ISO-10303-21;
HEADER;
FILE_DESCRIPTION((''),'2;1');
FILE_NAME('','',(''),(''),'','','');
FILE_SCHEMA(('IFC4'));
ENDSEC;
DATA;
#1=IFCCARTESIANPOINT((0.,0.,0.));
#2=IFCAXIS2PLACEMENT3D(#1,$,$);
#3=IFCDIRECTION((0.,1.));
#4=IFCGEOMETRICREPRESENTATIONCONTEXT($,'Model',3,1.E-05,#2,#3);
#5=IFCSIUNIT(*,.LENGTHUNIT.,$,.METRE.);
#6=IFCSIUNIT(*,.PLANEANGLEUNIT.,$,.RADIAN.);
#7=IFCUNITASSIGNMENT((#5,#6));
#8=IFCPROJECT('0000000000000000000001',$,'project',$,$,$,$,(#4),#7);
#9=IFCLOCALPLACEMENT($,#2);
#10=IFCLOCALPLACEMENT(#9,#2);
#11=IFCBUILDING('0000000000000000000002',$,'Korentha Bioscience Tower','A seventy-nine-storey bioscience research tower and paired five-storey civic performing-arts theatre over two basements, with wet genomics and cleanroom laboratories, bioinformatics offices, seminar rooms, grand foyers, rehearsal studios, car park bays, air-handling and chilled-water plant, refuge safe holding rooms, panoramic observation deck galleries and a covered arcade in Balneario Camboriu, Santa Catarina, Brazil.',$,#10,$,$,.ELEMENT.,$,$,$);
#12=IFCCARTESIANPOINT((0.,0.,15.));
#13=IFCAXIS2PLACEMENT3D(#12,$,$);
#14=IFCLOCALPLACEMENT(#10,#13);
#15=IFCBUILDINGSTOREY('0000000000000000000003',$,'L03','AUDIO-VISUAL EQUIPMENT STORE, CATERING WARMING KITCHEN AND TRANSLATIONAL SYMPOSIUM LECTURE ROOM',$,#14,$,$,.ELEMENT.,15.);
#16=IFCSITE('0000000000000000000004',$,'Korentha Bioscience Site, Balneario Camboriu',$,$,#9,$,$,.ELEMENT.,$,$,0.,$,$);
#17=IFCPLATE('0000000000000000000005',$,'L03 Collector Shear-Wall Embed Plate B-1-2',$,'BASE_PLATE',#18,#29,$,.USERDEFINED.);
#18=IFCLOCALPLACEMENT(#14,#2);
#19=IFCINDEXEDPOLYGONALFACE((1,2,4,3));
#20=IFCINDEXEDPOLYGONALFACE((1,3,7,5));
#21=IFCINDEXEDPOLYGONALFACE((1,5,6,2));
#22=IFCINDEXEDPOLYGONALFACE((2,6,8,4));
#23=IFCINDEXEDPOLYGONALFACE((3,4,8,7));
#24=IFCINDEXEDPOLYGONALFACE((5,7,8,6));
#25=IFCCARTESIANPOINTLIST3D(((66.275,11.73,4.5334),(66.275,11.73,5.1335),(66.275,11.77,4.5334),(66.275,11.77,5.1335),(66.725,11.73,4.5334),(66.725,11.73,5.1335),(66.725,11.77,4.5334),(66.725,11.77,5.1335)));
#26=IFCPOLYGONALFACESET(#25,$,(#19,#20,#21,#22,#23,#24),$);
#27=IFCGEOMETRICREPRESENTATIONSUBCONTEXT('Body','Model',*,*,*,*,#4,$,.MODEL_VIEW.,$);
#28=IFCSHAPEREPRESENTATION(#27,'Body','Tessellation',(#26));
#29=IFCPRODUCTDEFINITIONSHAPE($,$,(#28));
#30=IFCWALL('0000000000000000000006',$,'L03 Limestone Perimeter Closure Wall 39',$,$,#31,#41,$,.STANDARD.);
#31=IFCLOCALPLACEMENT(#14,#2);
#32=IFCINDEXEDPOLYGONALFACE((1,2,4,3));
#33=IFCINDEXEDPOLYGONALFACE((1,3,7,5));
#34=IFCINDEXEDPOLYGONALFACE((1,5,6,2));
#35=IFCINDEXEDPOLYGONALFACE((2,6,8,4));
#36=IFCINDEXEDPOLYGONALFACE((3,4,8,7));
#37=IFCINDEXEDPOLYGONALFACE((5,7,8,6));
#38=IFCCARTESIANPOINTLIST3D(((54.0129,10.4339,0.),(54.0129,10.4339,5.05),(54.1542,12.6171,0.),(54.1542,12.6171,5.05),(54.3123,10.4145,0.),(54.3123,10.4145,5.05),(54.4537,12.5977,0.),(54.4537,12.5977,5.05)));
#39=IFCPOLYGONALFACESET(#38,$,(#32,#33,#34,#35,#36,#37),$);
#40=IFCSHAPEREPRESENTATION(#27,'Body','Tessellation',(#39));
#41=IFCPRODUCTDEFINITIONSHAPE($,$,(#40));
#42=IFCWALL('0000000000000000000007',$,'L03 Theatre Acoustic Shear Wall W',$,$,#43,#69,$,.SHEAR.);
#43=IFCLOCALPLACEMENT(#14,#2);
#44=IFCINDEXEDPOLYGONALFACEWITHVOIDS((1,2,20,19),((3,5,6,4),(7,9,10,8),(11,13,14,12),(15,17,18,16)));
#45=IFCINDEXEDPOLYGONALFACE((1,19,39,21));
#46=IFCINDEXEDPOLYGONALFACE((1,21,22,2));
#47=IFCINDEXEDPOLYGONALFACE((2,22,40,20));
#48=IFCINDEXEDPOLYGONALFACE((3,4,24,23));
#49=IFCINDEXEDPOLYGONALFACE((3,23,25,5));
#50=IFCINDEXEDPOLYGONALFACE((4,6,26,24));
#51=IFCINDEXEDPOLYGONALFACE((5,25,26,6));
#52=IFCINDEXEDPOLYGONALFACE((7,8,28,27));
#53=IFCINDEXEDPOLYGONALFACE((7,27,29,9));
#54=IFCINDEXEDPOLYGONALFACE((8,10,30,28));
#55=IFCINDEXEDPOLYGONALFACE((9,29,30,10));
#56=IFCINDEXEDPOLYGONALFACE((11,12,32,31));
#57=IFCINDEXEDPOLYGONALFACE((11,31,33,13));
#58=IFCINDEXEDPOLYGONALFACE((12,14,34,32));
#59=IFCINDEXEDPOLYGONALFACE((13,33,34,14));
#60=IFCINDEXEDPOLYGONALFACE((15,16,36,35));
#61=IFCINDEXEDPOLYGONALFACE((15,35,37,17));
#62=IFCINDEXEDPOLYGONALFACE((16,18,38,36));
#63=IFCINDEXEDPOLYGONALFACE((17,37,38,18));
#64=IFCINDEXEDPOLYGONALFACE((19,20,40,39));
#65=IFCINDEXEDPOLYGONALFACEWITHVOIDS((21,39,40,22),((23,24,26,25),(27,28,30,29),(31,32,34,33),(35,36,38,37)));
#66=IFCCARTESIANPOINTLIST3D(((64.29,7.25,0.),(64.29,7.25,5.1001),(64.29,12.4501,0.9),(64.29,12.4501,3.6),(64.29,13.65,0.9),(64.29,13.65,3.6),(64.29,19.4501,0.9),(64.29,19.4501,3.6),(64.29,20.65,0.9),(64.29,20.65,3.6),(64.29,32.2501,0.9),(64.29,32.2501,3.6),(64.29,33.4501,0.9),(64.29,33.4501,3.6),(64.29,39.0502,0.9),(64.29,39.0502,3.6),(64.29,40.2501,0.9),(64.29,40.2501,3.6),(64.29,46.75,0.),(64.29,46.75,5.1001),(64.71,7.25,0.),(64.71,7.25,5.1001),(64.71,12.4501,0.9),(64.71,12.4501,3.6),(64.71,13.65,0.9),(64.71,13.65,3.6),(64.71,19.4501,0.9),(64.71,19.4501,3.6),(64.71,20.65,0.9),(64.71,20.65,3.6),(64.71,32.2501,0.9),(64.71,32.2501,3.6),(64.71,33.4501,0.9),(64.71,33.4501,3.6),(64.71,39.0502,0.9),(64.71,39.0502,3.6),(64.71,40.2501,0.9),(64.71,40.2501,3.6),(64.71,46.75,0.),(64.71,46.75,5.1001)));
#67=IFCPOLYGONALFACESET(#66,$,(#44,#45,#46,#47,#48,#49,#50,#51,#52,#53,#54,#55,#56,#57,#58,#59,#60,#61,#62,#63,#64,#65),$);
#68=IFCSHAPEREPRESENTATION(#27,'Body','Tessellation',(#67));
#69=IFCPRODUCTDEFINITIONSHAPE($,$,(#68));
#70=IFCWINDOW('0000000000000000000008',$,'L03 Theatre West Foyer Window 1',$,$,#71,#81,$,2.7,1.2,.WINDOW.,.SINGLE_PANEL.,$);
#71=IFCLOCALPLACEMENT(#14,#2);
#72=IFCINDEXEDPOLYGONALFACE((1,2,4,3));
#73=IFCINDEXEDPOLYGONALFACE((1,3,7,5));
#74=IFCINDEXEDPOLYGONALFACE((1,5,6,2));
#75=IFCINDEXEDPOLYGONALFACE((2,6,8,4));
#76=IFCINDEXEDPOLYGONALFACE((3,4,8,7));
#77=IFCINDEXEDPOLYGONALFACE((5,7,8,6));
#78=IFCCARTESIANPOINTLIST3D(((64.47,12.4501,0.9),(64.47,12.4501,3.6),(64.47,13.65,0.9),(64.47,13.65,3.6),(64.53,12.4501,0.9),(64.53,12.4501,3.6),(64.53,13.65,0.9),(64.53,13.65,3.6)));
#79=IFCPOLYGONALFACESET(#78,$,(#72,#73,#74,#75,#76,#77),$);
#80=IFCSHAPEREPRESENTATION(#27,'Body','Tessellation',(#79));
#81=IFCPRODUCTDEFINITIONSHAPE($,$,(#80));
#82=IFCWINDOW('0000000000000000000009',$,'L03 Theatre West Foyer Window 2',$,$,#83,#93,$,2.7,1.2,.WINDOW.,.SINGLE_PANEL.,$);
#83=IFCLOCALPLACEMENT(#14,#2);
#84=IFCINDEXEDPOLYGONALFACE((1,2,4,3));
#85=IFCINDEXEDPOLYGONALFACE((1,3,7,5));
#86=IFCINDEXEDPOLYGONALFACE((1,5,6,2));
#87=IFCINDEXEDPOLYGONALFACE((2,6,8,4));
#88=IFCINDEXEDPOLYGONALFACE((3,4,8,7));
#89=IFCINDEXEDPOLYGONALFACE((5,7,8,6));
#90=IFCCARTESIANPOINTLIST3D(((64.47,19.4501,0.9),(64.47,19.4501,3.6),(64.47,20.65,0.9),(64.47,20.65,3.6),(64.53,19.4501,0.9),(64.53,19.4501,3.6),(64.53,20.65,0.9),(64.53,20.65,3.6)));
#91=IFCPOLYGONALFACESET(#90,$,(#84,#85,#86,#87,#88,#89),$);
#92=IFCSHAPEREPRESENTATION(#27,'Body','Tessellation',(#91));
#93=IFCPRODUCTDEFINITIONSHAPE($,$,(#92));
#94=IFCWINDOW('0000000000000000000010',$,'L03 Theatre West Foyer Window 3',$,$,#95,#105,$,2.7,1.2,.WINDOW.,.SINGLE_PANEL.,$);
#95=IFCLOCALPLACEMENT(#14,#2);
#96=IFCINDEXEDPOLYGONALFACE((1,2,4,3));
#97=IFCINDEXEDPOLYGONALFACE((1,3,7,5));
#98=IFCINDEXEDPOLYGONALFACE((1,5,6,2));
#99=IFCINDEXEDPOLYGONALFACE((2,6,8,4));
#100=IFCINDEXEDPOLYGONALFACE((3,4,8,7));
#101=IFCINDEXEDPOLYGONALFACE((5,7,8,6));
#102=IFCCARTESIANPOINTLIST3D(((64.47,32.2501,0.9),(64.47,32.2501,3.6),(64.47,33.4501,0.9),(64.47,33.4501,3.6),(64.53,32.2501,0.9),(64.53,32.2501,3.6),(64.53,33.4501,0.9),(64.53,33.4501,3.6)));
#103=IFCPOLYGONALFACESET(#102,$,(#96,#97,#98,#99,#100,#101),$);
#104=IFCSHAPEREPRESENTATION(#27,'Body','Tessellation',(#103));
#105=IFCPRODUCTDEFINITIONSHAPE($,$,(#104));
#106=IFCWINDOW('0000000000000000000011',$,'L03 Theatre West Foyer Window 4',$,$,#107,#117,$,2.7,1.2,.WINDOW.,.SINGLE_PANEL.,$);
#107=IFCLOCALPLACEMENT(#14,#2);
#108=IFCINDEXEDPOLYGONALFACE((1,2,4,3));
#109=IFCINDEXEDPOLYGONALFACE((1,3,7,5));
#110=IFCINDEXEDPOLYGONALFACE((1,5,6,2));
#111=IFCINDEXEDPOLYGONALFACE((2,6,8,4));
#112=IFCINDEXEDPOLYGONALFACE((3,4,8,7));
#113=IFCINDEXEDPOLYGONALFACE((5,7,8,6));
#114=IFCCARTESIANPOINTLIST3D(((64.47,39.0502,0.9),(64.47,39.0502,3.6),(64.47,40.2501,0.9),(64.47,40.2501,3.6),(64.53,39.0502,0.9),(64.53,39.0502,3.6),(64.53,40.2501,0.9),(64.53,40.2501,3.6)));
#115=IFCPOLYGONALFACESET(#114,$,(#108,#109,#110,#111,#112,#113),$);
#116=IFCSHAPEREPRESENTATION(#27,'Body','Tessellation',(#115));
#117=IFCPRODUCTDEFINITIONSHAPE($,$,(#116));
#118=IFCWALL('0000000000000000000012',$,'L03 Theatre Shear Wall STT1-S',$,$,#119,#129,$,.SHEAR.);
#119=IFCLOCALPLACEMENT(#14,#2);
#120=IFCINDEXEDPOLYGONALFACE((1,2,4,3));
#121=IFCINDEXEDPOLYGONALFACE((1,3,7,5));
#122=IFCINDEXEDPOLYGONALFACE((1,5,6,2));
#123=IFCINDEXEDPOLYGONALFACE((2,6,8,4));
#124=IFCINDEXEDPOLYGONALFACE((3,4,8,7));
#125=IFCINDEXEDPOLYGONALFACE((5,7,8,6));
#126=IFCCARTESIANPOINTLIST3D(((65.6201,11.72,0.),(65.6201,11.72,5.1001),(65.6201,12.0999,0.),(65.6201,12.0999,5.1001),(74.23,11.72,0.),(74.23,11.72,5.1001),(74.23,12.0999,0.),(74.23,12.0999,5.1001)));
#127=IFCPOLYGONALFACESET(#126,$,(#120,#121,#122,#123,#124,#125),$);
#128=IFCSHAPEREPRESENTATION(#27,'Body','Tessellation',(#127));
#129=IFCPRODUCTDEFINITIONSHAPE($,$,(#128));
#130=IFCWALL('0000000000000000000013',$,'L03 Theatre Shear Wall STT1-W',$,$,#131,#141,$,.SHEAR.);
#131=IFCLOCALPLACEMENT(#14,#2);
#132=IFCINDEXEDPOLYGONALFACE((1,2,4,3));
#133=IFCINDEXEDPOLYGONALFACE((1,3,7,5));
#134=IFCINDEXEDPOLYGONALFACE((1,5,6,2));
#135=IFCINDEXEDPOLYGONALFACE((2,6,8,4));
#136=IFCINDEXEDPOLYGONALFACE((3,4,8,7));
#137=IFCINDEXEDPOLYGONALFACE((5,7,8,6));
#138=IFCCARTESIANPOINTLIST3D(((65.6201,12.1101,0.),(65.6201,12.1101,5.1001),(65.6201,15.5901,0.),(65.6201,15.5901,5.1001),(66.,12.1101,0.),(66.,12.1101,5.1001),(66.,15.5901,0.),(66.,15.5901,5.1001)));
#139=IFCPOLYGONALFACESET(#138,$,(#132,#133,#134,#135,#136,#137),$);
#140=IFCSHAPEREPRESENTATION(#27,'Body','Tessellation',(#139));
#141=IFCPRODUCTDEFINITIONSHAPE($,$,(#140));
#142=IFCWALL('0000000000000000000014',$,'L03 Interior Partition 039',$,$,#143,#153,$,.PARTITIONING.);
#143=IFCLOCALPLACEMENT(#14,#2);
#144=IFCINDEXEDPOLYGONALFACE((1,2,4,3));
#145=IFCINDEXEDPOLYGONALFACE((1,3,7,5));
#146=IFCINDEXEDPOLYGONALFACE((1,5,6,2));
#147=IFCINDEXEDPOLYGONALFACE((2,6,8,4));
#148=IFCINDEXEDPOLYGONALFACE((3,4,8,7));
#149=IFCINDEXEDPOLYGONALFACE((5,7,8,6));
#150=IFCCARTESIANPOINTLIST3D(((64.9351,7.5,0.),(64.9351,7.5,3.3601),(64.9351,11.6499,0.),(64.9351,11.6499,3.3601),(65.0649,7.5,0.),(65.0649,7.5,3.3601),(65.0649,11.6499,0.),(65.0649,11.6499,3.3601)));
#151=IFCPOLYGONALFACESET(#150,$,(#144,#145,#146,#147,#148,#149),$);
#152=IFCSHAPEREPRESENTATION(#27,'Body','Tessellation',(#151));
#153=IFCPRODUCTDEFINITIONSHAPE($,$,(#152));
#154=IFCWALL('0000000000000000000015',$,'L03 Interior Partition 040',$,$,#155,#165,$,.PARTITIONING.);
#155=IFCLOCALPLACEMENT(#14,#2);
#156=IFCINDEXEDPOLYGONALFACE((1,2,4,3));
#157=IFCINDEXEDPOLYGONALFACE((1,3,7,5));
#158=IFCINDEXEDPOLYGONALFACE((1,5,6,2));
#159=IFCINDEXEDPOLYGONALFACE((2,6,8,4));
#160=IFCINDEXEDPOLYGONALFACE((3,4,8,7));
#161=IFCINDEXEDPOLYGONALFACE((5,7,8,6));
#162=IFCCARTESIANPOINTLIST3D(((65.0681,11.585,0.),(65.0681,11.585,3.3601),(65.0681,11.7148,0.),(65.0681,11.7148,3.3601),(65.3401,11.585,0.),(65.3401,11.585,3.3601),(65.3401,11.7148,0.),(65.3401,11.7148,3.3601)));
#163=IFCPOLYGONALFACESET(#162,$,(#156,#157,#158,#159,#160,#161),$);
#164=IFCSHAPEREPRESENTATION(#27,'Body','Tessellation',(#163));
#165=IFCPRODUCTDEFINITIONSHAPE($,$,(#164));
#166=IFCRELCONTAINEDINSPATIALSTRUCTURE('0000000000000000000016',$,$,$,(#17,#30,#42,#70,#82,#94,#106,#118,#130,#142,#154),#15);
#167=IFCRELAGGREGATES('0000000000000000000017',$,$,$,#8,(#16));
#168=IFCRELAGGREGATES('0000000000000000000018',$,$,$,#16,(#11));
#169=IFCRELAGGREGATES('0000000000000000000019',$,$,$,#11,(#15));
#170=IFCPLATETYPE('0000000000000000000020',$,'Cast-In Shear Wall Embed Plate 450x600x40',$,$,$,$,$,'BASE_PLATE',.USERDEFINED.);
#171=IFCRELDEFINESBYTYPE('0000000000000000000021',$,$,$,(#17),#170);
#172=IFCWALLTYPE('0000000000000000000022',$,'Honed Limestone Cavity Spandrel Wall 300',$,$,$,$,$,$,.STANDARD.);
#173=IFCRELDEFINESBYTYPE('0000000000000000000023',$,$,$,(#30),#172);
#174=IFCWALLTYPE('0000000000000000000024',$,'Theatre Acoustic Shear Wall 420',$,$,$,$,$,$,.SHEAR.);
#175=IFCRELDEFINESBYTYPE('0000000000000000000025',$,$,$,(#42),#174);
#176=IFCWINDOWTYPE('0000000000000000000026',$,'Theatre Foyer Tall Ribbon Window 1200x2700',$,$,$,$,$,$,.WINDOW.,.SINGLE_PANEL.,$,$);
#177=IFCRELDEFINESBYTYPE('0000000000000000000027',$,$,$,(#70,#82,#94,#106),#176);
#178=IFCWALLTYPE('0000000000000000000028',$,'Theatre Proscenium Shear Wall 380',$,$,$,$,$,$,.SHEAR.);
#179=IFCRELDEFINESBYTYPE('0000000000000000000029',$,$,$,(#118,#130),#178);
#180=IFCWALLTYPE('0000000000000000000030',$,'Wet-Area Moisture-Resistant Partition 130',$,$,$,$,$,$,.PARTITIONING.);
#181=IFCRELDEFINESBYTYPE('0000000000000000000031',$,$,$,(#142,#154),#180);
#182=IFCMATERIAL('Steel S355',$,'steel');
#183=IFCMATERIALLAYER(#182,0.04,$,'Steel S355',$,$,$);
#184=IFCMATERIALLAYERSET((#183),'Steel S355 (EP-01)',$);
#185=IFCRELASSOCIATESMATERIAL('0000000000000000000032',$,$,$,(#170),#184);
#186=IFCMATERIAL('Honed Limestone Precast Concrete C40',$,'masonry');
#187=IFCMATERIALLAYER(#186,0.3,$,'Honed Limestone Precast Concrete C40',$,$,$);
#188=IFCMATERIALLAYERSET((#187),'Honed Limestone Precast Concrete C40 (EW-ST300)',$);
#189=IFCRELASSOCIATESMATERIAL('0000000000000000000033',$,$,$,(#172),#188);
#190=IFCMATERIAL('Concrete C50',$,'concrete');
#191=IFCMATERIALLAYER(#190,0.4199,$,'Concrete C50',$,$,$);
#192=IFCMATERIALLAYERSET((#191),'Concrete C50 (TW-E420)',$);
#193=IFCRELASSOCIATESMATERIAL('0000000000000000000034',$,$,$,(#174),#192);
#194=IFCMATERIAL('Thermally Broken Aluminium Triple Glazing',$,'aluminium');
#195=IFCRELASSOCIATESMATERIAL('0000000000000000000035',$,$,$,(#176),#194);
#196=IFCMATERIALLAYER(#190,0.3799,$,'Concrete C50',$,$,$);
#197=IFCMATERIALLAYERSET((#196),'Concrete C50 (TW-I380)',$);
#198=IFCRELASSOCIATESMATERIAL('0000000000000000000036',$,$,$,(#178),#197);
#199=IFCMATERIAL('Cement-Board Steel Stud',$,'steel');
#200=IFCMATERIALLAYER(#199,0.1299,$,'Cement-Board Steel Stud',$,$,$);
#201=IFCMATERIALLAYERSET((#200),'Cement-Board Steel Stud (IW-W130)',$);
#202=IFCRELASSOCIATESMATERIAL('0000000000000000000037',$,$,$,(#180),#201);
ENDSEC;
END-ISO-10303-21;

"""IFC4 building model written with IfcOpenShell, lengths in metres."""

from ifc_helpers import new_model, si_unit, direction, frame, frame_2d, origin, origin_2d, place, context, subcontext, project, spatial, rectangle, extrude, material, layer, layer_set, type_object, element, fill, save


model = new_model("IFC4")

# Units and contexts
model_context = context("Model", 3, precision=1e-05, world=origin(), true_north=direction((0.0, 1.0)))
body_context = subcontext(model_context, "Body", "Model", "MODEL_VIEW")
ifc_project = project(units=[si_unit("LENGTHUNIT", "METRE"), si_unit("PLANEANGLEUNIT", "RADIAN")], contexts=[model_context])

# Site, building, storey
site_placement = place(None, origin())
site = spatial("IfcSite", under=ifc_project, at=site_placement, Name="Korentha Bioscience Site, Balneario Camboriu", CompositionType="ELEMENT", RefElevation=0.0)
building_placement = place(site_placement, origin())
building = spatial("IfcBuilding", under=site, at=building_placement, Name="Korentha Bioscience Tower", Description="A seventy-nine-storey bioscience research tower and paired five-storey civic performing-arts theatre over two basements, with wet genomics and cleanroom laboratories, bioinformatics offices, seminar rooms, grand foyers, rehearsal studios, car park bays, air-handling and chilled-water plant, refuge safe holding rooms, panoramic observation deck galleries and a covered arcade in Balneario Camboriu, Santa Catarina, Brazil.", CompositionType="ELEMENT")
storey_placement = place(building_placement, frame((0.0, 0.0, 15.0)))
storey = spatial("IfcBuildingStorey", under=building, at=storey_placement, Name="L03", Description="AUDIO-VISUAL EQUIPMENT STORE, CATERING WARMING KITCHEN AND TRANSLATIONAL SYMPOSIUM LECTURE ROOM", CompositionType="ELEMENT", Elevation=15.0)

# Shared definitions
ifc_material_1 = material(Name="Concrete C50", Category="concrete")

# Shared definitions
ifc_material_2 = material(Name="Steel S355", Category="steel")

# Plate
ifc_layer_1 = layer(ifc_material_2, 0.04, Name="Steel S355")
ifc_layer_set_1 = layer_set([ifc_layer_1], Name="Steel S355 (EP-01)")
plate_type = type_object("IfcPlateType", Name="Cast-In Shear Wall Embed Plate 450x600x40", ElementType="BASE_PLATE", PredefinedType="USERDEFINED", material=ifc_layer_set_1)
for number, where, z_axis, x_axis, name in (
    (1, (66.5, 11.75, 4.5334), (0.0, 0.0, 1.0), (1.0, 0.0, 0.0), "L03 Collector Shear-Wall Embed Plate B-1-2"),
):
    element("IfcPlate", number, at=place(storey_placement, frame(where, z_axis=z_axis, x_axis=x_axis)), inside=storey, type_object=plate_type, Name=name, ObjectType="BASE_PLATE", PredefinedType="USERDEFINED", context=body_context, shape_type="SweptSolid", body=[
        extrude(rectangle(XDim=0.45, YDim=0.04, at=origin_2d()), origin(), (0.0, 0.0, 1.0), 0.6001),
    ])

# Wall
ifc_material_3 = material(Name="Honed Limestone Precast Concrete C40", Category="masonry")
ifc_layer_2 = layer(ifc_material_3, 0.3, Name="Honed Limestone Precast Concrete C40")
ifc_layer_set_2 = layer_set([ifc_layer_2], Name="Honed Limestone Precast Concrete C40 (EW-ST300)")
wall_type_1 = type_object("IfcWallType", Name="Honed Limestone Cavity Spandrel Wall 300", PredefinedType="STANDARD", material=ifc_layer_set_2)
wall_1_placement = place(storey_placement, frame((54.1626, 10.4243, 0.0), z_axis=(0.0, 0.0, 1.0), x_axis=(0.064615, 0.99791, 0.0)))
element("IfcWall", 2, at=wall_1_placement, inside=storey, type_object=wall_type_1, Name="L03 Limestone Perimeter Closure Wall 39", PredefinedType="STANDARD", context=body_context, shape_type="SweptSolid", body=[
    extrude(rectangle(XDim=2.1877, YDim=0.3, at=frame_2d((1.0938, 0.0))), origin(), (0.0, 0.0, 1.0), 5.05),
])

# Wall, openings, windows
ifc_layer_3 = layer(ifc_material_1, 0.4199, Name="Concrete C50")
ifc_layer_set_3 = layer_set([ifc_layer_3], Name="Concrete C50 (TW-E420)")
wall_type_2 = type_object("IfcWallType", Name="Theatre Acoustic Shear Wall 420", PredefinedType="SHEAR", material=ifc_layer_set_3)
wall_2_placement = place(storey_placement, frame((64.5, 7.25, 0.0), z_axis=(0.0, 0.0, 1.0), x_axis=(0.0, 1.0, 0.0)))
wall_2 = element("IfcWall", 3, at=wall_2_placement, inside=storey, type_object=wall_type_2, Name="L03 Theatre Acoustic Shear Wall W", PredefinedType="SHEAR", context=body_context, shape_type="SweptSolid", body=[
    extrude(rectangle(XDim=39.5, YDim=0.4199, at=frame_2d((19.75, 0.0))), origin(), (0.0, 0.0, 1.0), 5.1001),
])
opening_1_placement = place(wall_2_placement, frame((5.2, 0.0, 0.8999)))
opening_1 = element("IfcOpeningElement", 4, at=opening_1_placement, cuts=wall_2, PredefinedType="OPENING", context=body_context, shape_type="SweptSolid", body=[
    extrude(rectangle(XDim=1.2, YDim=2.7, at=frame_2d((0.6001, 1.3501))), frame((0.0, 0.2249, 0.0), z_axis=(0.0, -1.0, 0.0), x_axis=(1.0, 0.0, 0.0)), (0.0, 0.0, 1.0), 0.4497),
])
opening_2_placement = place(wall_2_placement, frame((12.2, 0.0, 0.8999)))
opening_2 = element("IfcOpeningElement", 5, at=opening_2_placement, cuts=wall_2, PredefinedType="OPENING", context=body_context, shape_type="SweptSolid", body=[
    extrude(rectangle(XDim=1.2, YDim=2.7, at=frame_2d((0.6001, 1.3501))), frame((0.0, 0.2249, 0.0), z_axis=(0.0, -1.0, 0.0), x_axis=(1.0, 0.0, 0.0)), (0.0, 0.0, 1.0), 0.4497),
])
opening_3_placement = place(wall_2_placement, frame((25.0, 0.0, 0.8999)))
opening_3 = element("IfcOpeningElement", 6, at=opening_3_placement, cuts=wall_2, PredefinedType="OPENING", context=body_context, shape_type="SweptSolid", body=[
    extrude(rectangle(XDim=1.2, YDim=2.7, at=frame_2d((0.6001, 1.3501))), frame((0.0, 0.2249, 0.0), z_axis=(0.0, -1.0, 0.0), x_axis=(1.0, 0.0, 0.0)), (0.0, 0.0, 1.0), 0.4497),
])
opening_4_placement = place(wall_2_placement, frame((31.8, 0.0, 0.8999)))
opening_4 = element("IfcOpeningElement", 7, at=opening_4_placement, cuts=wall_2, PredefinedType="OPENING", context=body_context, shape_type="SweptSolid", body=[
    extrude(rectangle(XDim=1.2, YDim=2.7, at=frame_2d((0.6001, 1.3501))), frame((0.0, 0.2249, 0.0), z_axis=(0.0, -1.0, 0.0), x_axis=(1.0, 0.0, 0.0)), (0.0, 0.0, 1.0), 0.4497),
])
ifc_material_4 = material(Name="Thermally Broken Aluminium Triple Glazing", Category="aluminium")
window_type = type_object("IfcWindowType", Name="Theatre Foyer Tall Ribbon Window 1200x2700", PartitioningType="SINGLE_PANEL", PredefinedType="WINDOW", material=ifc_material_4)
window_1_placement = place(opening_1_placement, origin())
window_1 = element("IfcWindow", 8, at=window_1_placement, inside=storey, type_object=window_type, Name="L03 Theatre West Foyer Window 1", OverallHeight=2.7, OverallWidth=1.2, PartitioningType="SINGLE_PANEL", PredefinedType="WINDOW", context=body_context, shape_type="SweptSolid", body=[
    extrude(rectangle(XDim=1.2, YDim=2.7, at=frame_2d((0.6001, 1.3501))), frame((0.0, 0.03, 0.0), z_axis=(0.0, -1.0, 0.0), x_axis=(1.0, 0.0, 0.0)), (0.0, 0.0, 1.0), 0.0601),
])
fill(opening_1, window_1)
window_2_placement = place(opening_2_placement, origin())
window_2 = element("IfcWindow", 9, at=window_2_placement, inside=storey, type_object=window_type, Name="L03 Theatre West Foyer Window 2", OverallHeight=2.7, OverallWidth=1.2, PartitioningType="SINGLE_PANEL", PredefinedType="WINDOW", context=body_context, shape_type="SweptSolid", body=[
    extrude(rectangle(XDim=1.2, YDim=2.7, at=frame_2d((0.6001, 1.3501))), frame((0.0, 0.03, 0.0), z_axis=(0.0, -1.0, 0.0), x_axis=(1.0, 0.0, 0.0)), (0.0, 0.0, 1.0), 0.0601),
])
fill(opening_2, window_2)
window_3_placement = place(opening_3_placement, origin())
window_3 = element("IfcWindow", 10, at=window_3_placement, inside=storey, type_object=window_type, Name="L03 Theatre West Foyer Window 3", OverallHeight=2.7, OverallWidth=1.2, PartitioningType="SINGLE_PANEL", PredefinedType="WINDOW", context=body_context, shape_type="SweptSolid", body=[
    extrude(rectangle(XDim=1.2, YDim=2.7, at=frame_2d((0.6001, 1.3501))), frame((0.0, 0.03, 0.0), z_axis=(0.0, -1.0, 0.0), x_axis=(1.0, 0.0, 0.0)), (0.0, 0.0, 1.0), 0.0601),
])
fill(opening_3, window_3)
window_4_placement = place(opening_4_placement, origin())
window_4 = element("IfcWindow", 11, at=window_4_placement, inside=storey, type_object=window_type, Name="L03 Theatre West Foyer Window 4", OverallHeight=2.7, OverallWidth=1.2, PartitioningType="SINGLE_PANEL", PredefinedType="WINDOW", context=body_context, shape_type="SweptSolid", body=[
    extrude(rectangle(XDim=1.2, YDim=2.7, at=frame_2d((0.6001, 1.3501))), frame((0.0, 0.03, 0.0), z_axis=(0.0, -1.0, 0.0), x_axis=(1.0, 0.0, 0.0)), (0.0, 0.0, 1.0), 0.0601),
])
fill(opening_4, window_4)

# Walls
ifc_layer_4 = layer(ifc_material_1, 0.3799, Name="Concrete C50")
ifc_layer_set_4 = layer_set([ifc_layer_4], Name="Concrete C50 (TW-I380)")
wall_type_3 = type_object("IfcWallType", Name="Theatre Proscenium Shear Wall 380", PredefinedType="SHEAR", material=ifc_layer_set_4)
wall_3_placement = place(storey_placement, frame((65.6201, 11.9099, 0.0), z_axis=(0.0, 0.0, 1.0), x_axis=(1.0, 0.0, 0.0)))
element("IfcWall", 12, at=wall_3_placement, inside=storey, type_object=wall_type_3, Name="L03 Theatre Shear Wall STT1-S", PredefinedType="SHEAR", context=body_context, shape_type="SweptSolid", body=[
    extrude(rectangle(XDim=8.6099, YDim=0.3799, at=frame_2d((4.3049, 0.0))), origin(), (0.0, 0.0, 1.0), 5.1001),
])
wall_4_placement = place(storey_placement, frame((65.8101, 12.1101, 0.0), z_axis=(0.0, 0.0, 1.0), x_axis=(0.0, 1.0, 0.0)))
element("IfcWall", 13, at=wall_4_placement, inside=storey, type_object=wall_type_3, Name="L03 Theatre Shear Wall STT1-W", PredefinedType="SHEAR", context=body_context, shape_type="SweptSolid", body=[
    extrude(rectangle(XDim=3.48, YDim=0.3799, at=frame_2d((1.74, 0.0))), origin(), (0.0, 0.0, 1.0), 5.1001),
])
ifc_material_5 = material(Name="Cement-Board Steel Stud", Category="steel")
ifc_layer_5 = layer(ifc_material_5, 0.1299, Name="Cement-Board Steel Stud")
ifc_layer_set_5 = layer_set([ifc_layer_5], Name="Cement-Board Steel Stud (IW-W130)")
wall_type_4 = type_object("IfcWallType", Name="Wet-Area Moisture-Resistant Partition 130", PredefinedType="PARTITIONING", material=ifc_layer_set_5)
wall_5_placement = place(storey_placement, frame((65.0, 7.5, 0.0), z_axis=(0.0, 0.0, 1.0), x_axis=(0.0, 1.0, 0.0)))
element("IfcWall", 14, at=wall_5_placement, inside=storey, type_object=wall_type_4, Name="L03 Interior Partition 039", PredefinedType="PARTITIONING", context=body_context, shape_type="SweptSolid", body=[
    extrude(rectangle(XDim=4.1499, YDim=0.1299, at=frame_2d((2.075, 0.0))), origin(), (0.0, 0.0, 1.0), 3.3601),
])
wall_6_placement = place(storey_placement, frame((65.0681, 11.6499, 0.0), z_axis=(0.0, 0.0, 1.0), x_axis=(1.0, 0.0, 0.0)))
element("IfcWall", 15, at=wall_6_placement, inside=storey, type_object=wall_type_4, Name="L03 Interior Partition 040", PredefinedType="PARTITIONING", context=body_context, shape_type="SweptSolid", body=[
    extrude(rectangle(XDim=0.272, YDim=0.1299, at=frame_2d((0.136, 0.0))), origin(), (0.0, 0.0, 1.0), 3.3601),
])

save(model, "model.ifc")
